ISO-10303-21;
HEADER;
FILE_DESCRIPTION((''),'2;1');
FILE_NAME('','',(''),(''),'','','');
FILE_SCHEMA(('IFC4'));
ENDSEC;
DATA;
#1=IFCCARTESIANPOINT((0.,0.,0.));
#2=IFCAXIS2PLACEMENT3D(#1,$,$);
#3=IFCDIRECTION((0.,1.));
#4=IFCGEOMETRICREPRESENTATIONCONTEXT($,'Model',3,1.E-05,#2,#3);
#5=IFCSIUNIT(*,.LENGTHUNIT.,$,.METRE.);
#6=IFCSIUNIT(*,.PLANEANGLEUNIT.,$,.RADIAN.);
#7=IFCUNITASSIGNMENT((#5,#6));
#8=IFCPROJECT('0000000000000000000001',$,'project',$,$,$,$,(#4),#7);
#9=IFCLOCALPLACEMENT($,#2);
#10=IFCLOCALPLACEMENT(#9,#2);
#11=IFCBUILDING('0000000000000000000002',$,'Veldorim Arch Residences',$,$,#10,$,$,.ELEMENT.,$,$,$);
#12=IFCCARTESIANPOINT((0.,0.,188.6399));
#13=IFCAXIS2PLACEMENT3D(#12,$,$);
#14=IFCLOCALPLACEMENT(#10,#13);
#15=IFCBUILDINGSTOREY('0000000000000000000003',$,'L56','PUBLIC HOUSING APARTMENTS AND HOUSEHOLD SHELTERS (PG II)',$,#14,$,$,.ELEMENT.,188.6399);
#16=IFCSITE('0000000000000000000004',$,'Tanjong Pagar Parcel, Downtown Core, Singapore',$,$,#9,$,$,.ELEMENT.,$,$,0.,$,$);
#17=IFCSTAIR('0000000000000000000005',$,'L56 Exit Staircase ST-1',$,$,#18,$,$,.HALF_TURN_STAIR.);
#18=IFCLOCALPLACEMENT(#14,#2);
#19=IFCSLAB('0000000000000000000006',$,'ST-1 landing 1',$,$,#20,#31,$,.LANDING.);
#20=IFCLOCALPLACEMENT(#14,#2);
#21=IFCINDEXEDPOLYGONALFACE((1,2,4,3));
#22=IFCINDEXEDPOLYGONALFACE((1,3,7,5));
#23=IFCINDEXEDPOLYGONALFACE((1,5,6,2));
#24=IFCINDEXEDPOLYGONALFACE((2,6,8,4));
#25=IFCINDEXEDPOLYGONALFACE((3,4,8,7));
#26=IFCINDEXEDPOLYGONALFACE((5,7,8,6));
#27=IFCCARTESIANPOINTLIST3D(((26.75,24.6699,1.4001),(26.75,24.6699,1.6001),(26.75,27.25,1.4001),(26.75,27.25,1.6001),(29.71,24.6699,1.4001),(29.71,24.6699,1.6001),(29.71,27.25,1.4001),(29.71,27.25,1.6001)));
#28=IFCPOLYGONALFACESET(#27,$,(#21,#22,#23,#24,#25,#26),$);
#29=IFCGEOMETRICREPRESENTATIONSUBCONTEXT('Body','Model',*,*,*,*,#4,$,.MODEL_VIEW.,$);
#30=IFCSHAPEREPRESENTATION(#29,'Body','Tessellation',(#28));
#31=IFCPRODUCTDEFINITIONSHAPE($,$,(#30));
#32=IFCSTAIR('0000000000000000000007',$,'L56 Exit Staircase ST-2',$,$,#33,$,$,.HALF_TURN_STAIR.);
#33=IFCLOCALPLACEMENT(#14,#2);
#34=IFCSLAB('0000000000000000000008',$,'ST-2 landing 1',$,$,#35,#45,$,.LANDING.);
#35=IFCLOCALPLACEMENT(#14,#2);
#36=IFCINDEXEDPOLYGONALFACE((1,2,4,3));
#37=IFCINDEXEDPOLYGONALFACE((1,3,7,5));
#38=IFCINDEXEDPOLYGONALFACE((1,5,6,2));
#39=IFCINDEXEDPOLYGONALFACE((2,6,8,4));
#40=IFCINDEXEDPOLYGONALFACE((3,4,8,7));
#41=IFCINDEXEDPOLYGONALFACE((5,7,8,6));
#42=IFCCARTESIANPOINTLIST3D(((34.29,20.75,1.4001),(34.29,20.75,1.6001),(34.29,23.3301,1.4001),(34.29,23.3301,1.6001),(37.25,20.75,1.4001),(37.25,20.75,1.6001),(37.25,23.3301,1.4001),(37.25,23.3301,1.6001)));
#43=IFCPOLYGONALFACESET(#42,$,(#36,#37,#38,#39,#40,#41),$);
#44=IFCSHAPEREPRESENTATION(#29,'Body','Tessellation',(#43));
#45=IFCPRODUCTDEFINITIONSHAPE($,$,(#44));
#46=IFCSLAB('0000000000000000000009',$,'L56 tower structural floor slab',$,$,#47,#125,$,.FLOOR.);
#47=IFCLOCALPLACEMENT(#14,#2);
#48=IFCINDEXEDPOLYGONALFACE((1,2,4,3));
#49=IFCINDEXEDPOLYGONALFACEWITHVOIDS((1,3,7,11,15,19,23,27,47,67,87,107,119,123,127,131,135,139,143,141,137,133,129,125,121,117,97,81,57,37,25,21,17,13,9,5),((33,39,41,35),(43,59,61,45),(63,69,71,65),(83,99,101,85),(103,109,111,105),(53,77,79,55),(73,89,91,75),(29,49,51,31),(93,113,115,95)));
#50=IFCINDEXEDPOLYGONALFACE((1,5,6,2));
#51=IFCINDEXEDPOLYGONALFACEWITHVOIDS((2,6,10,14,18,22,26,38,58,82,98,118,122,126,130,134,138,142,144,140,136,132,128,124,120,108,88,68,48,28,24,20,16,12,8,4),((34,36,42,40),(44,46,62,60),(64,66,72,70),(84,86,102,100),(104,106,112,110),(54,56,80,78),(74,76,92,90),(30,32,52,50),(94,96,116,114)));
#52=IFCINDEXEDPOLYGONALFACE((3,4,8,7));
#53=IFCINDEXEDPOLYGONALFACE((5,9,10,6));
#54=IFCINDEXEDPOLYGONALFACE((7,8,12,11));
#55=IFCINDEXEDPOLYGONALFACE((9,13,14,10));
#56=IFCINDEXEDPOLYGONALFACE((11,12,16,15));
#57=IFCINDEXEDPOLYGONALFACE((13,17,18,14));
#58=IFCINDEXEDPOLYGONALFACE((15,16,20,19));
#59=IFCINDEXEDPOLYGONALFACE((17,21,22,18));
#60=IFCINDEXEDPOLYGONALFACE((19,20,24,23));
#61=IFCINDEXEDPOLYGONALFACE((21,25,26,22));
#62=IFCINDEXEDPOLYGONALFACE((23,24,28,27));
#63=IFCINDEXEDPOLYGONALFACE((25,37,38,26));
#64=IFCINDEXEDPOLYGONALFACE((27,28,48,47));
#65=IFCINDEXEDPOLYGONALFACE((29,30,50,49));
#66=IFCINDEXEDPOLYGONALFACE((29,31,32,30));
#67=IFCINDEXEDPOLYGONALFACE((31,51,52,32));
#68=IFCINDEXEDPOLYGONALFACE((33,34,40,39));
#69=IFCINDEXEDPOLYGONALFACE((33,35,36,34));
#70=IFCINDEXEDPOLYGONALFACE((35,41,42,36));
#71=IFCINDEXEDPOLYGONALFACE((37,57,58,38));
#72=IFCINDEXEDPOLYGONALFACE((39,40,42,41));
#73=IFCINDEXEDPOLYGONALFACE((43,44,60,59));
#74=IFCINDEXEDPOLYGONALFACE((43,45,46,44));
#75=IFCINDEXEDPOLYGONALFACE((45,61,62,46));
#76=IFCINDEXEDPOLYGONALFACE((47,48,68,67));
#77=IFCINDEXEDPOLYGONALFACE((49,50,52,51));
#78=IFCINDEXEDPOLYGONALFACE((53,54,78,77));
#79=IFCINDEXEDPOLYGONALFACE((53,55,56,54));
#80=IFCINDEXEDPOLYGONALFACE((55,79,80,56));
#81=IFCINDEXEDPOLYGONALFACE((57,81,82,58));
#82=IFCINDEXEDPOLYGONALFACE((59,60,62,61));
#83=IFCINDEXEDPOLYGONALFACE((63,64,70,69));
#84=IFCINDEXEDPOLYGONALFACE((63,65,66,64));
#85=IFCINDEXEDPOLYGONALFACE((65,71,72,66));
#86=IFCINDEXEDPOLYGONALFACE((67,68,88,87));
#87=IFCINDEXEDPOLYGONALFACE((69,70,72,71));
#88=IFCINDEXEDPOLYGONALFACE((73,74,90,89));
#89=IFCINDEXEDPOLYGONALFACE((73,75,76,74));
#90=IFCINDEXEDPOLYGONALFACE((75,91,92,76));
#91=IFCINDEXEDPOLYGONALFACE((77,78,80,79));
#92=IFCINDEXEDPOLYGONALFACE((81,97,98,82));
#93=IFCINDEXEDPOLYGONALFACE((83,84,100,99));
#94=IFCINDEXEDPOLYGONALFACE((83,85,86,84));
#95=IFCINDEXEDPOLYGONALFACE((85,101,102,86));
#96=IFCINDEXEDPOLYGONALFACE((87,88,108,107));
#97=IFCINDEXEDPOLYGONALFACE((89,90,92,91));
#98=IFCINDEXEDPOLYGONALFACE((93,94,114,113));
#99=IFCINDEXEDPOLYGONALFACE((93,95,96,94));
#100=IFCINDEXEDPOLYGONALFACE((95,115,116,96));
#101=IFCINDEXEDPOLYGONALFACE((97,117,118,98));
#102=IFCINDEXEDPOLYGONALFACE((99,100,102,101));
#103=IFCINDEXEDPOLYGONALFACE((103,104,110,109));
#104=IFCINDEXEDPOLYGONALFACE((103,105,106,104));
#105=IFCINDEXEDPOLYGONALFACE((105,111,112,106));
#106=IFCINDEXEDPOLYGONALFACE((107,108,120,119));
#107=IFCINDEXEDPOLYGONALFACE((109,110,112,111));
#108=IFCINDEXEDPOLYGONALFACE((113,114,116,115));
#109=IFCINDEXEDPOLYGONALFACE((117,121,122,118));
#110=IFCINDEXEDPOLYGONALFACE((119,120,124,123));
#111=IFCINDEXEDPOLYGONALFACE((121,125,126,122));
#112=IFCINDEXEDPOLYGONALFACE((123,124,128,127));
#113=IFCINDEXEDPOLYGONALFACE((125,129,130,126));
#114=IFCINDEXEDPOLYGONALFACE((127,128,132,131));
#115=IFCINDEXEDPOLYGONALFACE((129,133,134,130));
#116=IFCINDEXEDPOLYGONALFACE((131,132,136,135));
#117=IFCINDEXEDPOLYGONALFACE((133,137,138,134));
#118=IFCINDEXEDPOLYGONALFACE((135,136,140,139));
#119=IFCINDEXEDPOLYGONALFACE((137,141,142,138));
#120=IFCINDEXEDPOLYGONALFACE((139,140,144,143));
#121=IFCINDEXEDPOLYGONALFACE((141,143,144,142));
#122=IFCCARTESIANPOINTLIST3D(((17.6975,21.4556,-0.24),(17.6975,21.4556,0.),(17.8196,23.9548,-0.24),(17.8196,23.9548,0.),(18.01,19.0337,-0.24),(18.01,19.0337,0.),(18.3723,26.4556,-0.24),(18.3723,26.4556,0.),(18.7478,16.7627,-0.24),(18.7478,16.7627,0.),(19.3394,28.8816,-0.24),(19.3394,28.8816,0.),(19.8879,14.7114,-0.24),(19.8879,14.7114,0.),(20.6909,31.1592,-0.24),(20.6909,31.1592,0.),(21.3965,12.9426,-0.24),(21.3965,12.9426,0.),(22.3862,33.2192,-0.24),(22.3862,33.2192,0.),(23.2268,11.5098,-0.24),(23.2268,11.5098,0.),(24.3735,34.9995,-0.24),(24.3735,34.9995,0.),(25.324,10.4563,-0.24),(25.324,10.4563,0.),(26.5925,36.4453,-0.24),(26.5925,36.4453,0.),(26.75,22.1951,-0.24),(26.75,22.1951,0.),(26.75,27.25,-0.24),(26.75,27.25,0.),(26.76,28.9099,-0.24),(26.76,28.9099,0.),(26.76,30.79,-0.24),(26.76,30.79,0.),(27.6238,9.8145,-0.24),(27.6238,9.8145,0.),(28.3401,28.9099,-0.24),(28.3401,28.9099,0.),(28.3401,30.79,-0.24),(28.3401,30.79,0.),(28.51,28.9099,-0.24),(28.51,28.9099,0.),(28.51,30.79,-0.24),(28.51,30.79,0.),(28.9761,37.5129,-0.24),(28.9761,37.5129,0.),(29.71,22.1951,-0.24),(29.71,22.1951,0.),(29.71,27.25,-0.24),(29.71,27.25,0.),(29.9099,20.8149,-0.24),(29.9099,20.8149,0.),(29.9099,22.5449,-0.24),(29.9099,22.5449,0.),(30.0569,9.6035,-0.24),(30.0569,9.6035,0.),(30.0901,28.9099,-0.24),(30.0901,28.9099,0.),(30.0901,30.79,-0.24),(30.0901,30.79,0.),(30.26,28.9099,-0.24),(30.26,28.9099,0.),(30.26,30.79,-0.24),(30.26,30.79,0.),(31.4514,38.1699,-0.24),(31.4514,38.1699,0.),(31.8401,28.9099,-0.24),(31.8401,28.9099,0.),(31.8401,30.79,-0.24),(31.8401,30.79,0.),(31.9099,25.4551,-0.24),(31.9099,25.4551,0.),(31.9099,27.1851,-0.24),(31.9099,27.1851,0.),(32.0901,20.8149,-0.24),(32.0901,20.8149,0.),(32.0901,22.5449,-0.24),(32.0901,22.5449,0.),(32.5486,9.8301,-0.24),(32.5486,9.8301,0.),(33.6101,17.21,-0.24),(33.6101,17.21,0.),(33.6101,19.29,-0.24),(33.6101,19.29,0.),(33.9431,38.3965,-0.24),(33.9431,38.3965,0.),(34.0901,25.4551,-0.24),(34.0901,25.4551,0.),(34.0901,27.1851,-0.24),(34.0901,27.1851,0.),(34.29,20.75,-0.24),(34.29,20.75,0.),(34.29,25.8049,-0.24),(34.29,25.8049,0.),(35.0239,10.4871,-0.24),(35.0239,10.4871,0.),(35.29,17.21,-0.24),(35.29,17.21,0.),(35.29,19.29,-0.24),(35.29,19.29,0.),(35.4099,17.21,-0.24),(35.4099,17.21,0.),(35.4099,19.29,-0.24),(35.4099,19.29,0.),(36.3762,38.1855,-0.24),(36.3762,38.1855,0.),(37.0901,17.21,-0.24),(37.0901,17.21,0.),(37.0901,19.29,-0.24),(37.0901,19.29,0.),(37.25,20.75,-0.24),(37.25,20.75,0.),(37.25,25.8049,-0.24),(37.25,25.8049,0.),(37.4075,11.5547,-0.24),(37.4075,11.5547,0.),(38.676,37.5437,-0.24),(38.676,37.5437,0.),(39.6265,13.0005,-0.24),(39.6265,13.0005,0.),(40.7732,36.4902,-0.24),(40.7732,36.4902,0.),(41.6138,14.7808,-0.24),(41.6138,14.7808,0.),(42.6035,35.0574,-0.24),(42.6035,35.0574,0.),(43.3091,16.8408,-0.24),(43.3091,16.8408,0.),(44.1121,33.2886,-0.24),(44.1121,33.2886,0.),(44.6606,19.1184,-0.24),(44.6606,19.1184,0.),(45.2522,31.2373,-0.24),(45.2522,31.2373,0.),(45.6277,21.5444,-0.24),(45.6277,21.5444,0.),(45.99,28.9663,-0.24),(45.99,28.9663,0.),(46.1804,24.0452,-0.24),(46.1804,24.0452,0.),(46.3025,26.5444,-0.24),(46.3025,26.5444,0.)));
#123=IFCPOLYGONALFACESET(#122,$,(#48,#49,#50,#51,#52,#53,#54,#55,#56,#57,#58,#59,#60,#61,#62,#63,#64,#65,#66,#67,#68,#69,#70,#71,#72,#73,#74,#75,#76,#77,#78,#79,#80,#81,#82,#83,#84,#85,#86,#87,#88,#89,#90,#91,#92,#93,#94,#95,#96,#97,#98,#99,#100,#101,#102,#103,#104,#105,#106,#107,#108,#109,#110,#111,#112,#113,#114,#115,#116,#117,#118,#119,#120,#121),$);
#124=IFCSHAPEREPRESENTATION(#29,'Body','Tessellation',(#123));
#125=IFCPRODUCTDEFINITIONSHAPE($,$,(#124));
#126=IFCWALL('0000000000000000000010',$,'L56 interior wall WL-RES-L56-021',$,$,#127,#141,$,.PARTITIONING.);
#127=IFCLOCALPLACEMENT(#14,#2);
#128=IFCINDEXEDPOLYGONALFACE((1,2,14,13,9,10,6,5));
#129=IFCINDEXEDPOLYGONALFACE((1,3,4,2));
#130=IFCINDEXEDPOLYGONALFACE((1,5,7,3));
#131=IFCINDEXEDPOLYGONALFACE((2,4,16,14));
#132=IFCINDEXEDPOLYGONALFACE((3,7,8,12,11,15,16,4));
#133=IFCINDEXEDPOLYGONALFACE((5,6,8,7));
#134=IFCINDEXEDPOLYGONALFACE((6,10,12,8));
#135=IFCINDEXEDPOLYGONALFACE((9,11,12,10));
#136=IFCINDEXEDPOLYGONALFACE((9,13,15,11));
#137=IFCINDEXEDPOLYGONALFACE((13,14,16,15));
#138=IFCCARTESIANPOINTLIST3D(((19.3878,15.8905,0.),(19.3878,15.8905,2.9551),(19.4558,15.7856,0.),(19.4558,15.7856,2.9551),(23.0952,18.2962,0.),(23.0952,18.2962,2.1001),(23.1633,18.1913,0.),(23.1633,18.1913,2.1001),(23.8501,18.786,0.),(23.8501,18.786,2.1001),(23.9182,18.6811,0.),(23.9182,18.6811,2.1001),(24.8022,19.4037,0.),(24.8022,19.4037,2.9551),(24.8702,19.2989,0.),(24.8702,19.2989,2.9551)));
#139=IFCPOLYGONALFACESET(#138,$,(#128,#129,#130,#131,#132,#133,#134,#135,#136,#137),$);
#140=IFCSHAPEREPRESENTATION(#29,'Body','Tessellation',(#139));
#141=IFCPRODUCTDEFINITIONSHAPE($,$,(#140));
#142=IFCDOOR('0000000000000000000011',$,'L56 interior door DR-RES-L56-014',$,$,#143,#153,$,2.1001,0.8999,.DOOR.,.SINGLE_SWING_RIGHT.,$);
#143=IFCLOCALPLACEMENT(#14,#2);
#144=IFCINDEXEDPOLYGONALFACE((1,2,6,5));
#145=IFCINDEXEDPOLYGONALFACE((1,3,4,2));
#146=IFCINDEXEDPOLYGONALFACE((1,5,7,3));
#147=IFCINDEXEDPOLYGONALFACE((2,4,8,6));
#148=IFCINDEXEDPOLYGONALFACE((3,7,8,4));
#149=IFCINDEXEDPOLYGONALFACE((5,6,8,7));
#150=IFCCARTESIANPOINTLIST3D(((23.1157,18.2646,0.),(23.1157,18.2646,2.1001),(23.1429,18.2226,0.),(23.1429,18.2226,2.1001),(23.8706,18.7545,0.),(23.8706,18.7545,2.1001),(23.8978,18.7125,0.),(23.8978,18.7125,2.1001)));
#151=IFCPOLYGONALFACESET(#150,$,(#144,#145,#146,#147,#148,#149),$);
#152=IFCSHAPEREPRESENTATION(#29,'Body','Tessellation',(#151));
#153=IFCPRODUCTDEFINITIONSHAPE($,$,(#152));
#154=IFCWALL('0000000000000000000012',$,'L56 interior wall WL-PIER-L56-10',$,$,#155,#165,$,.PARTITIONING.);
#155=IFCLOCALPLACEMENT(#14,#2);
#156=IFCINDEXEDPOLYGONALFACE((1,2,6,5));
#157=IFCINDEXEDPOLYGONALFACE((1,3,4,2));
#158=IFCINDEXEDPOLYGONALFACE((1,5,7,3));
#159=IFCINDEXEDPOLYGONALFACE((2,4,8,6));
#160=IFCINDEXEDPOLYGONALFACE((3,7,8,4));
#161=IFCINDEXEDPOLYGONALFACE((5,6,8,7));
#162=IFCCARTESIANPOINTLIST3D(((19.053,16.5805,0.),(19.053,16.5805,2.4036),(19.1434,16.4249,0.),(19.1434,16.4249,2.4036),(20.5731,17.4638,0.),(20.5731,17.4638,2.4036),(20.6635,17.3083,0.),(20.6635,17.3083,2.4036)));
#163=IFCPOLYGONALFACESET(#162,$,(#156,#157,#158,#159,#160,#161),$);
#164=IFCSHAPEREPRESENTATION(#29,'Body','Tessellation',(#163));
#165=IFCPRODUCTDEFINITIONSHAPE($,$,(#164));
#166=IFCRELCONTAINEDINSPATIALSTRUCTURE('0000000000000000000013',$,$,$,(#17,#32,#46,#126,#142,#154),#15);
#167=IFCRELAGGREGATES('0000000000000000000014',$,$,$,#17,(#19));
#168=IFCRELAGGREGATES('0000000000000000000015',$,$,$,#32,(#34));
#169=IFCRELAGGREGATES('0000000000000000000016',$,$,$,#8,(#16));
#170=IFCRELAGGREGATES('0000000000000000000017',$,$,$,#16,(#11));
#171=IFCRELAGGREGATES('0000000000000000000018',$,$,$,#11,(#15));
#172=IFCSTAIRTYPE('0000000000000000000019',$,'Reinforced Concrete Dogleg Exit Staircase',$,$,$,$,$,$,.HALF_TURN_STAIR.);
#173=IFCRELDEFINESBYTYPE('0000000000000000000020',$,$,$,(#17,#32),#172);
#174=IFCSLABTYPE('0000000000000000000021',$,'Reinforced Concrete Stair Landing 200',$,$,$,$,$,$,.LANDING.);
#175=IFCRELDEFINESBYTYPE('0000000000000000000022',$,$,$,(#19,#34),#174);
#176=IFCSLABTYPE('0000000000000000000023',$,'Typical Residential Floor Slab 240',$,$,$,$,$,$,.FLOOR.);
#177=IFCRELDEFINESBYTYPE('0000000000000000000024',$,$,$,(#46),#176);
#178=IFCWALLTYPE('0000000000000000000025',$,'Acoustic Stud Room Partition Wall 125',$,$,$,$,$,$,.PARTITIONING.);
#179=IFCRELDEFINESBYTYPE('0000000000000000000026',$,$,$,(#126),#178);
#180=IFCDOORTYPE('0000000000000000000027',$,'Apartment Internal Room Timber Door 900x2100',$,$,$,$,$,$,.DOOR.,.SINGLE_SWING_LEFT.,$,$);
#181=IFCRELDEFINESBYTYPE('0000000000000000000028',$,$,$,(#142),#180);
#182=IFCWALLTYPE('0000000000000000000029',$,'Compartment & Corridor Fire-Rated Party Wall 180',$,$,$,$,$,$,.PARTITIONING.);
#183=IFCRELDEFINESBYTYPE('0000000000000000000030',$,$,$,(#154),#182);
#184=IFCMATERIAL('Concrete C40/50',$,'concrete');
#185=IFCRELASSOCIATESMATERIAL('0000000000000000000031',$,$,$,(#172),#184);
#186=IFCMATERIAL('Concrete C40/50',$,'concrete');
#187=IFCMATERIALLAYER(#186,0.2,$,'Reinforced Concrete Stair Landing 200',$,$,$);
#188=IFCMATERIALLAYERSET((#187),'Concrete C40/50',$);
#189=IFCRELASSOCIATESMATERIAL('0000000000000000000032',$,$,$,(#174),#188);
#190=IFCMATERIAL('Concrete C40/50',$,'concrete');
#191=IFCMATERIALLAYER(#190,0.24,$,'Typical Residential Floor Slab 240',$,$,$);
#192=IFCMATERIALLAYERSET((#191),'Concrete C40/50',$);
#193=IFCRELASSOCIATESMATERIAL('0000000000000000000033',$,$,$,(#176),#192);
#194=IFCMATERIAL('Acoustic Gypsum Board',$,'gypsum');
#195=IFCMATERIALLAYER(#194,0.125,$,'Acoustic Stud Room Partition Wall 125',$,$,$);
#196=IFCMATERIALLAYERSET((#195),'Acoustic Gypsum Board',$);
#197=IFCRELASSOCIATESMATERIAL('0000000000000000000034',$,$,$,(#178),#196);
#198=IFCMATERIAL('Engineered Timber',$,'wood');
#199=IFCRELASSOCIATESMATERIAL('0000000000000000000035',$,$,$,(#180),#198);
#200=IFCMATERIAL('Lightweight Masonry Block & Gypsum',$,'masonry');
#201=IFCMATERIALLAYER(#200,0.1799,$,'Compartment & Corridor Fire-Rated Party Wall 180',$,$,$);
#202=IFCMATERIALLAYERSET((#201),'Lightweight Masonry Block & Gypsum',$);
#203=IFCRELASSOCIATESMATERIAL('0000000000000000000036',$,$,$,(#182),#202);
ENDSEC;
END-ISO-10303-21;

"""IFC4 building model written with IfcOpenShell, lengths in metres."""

from ifc_helpers import new_model, si_unit, direction, frame, frame_2d, origin, place, context, subcontext, project, spatial, polyline, rectangle, outline, extrude, material, layer, layer_set, type_object, element, fill, aggregate, save


model = new_model("IFC4")

# Units and contexts
model_context = context("Model", 3, precision=1e-05, world=origin(), true_north=direction((0.0, 1.0)))
body_context = subcontext(model_context, "Body", "Model", "MODEL_VIEW")
ifc_project = project(units=[si_unit("LENGTHUNIT", "METRE"), si_unit("PLANEANGLEUNIT", "RADIAN")], contexts=[model_context])

# Site, building, storey
site_placement = place(None, origin())
site = spatial("IfcSite", under=ifc_project, at=site_placement, Name="Tanjong Pagar Parcel, Downtown Core, Singapore", CompositionType="ELEMENT", RefElevation=0.0)
building_placement = place(site_placement, origin())
building = spatial("IfcBuilding", under=site, at=building_placement, Name="Veldorim Arch Residences", CompositionType="ELEMENT")
storey_placement = place(building_placement, frame((0.0, 0.0, 188.6399)))
storey = spatial("IfcBuildingStorey", under=building, at=storey_placement, Name="L56", Description="PUBLIC HOUSING APARTMENTS AND HOUSEHOLD SHELTERS (PG II)", CompositionType="ELEMENT", Elevation=188.6399)

# Stairs, slabs
ifc_material_1 = material(Name="Concrete C40/50", Category="concrete")
stair_type = type_object("IfcStairType", Name="Reinforced Concrete Dogleg Exit Staircase", PredefinedType="HALF_TURN_STAIR", material=ifc_material_1)
stair_1_placement = place(storey_placement, origin())
stair_1 = element("IfcStair", 1, at=stair_1_placement, inside=storey, type_object=stair_type, Name="L56 Exit Staircase ST-1", PredefinedType="HALF_TURN_STAIR")
ifc_material_2 = material(Name="Concrete C40/50", Category="concrete")
ifc_layer_1 = layer(ifc_material_2, 0.2, Name="Reinforced Concrete Stair Landing 200")
ifc_layer_set_1 = layer_set([ifc_layer_1], Name="Concrete C40/50")
slab_type_1 = type_object("IfcSlabType", Name="Reinforced Concrete Stair Landing 200", PredefinedType="LANDING", material=ifc_layer_set_1)
slab_1_placement = place(storey_placement, frame((0.0, 0.0, 1.4001)))
slab_1 = element("IfcSlab", 2, at=slab_1_placement, type_object=slab_type_1, Name="ST-1 landing 1", PredefinedType="LANDING", context=body_context, shape_type="SweptSolid", body=[
    extrude(outline(polyline([(29.71, 24.6699), (29.71, 27.25), (26.75, 27.25), (26.75, 24.6699), (29.71, 24.6699)])), origin(), (0.0, 0.0, 1.0), 0.2),
])
aggregate(stair_1, [slab_1])
stair_2_placement = place(storey_placement, origin())
stair_2 = element("IfcStair", 3, at=stair_2_placement, inside=storey, type_object=stair_type, Name="L56 Exit Staircase ST-2", PredefinedType="HALF_TURN_STAIR")
slab_2_placement = place(storey_placement, frame((0.0, 0.0, 1.4001)))
slab_2 = element("IfcSlab", 4, at=slab_2_placement, type_object=slab_type_1, Name="ST-2 landing 1", PredefinedType="LANDING", context=body_context, shape_type="SweptSolid", body=[
    extrude(outline(polyline([(34.29, 23.3301), (34.29, 20.75), (37.25, 20.75), (37.25, 23.3301), (34.29, 23.3301)])), origin(), (0.0, 0.0, 1.0), 0.2),
])
aggregate(stair_2, [slab_2])

# Slab
ifc_material_3 = material(Name="Concrete C40/50", Category="concrete")
ifc_layer_2 = layer(ifc_material_3, 0.24, Name="Typical Residential Floor Slab 240")
ifc_layer_set_2 = layer_set([ifc_layer_2], Name="Concrete C40/50")
slab_type_2 = type_object("IfcSlabType", Name="Typical Residential Floor Slab 240", PredefinedType="FLOOR", material=ifc_layer_set_2)
slab_3_placement = place(storey_placement, frame((0.0, 0.0, -0.24)))
element("IfcSlab", 5, at=slab_3_placement, inside=storey, type_object=slab_type_2, Name="L56 tower structural floor slab", PredefinedType="FLOOR", context=body_context, shape_type="SweptSolid", body=[
    extrude(outline(polyline([(42.6035, 35.0574), (40.7732, 36.4902), (38.676, 37.5437), (36.3762, 38.1855), (33.9431, 38.3965), (31.4514, 38.1699), (28.9761, 37.5129), (26.5925, 36.4453), (24.3735, 34.9995), (22.3862, 33.2192), (20.6909, 31.1592), (19.3394, 28.8816), (18.3723, 26.4556), (17.8196, 23.9548), (17.6975, 21.4556), (18.01, 19.0337), (18.7478, 16.7627), (19.8879, 14.7114), (21.3965, 12.9426), (23.2268, 11.5098), (25.324, 10.4563), (27.6238, 9.8145), (30.0569, 9.6035), (32.5486, 9.8301), (35.0239, 10.4871), (37.4075, 11.5547), (39.6265, 13.0005), (41.6138, 14.7808), (43.3091, 16.8408), (44.6606, 19.1184), (45.6277, 21.5444), (46.1804, 24.0452), (46.3025, 26.5444), (45.99, 28.9663), (45.2522, 31.2373), (44.1121, 33.2886), (42.6035, 35.0574)]), holes=[polyline([(33.6101, 17.21), (33.6101, 19.29), (35.29, 19.29), (35.29, 17.21), (33.6101, 17.21)]), polyline([(35.4099, 17.21), (35.4099, 19.29), (37.0901, 19.29), (37.0901, 17.21), (35.4099, 17.21)]), polyline([(29.9099, 20.8149), (29.9099, 22.5449), (32.0901, 22.5449), (32.0901, 20.8149), (29.9099, 20.8149)]), polyline([(34.29, 20.75), (34.29, 25.8049), (37.25, 25.8049), (37.25, 20.75), (34.29, 20.75)]), polyline([(26.75, 22.1951), (26.75, 27.25), (29.71, 27.25), (29.71, 22.1951), (26.75, 22.1951)]), polyline([(31.9099, 25.4551), (31.9099, 27.1851), (34.0901, 27.1851), (34.0901, 25.4551), (31.9099, 25.4551)]), polyline([(26.76, 28.9099), (26.76, 30.79), (28.3401, 30.79), (28.3401, 28.9099), (26.76, 28.9099)]), polyline([(28.51, 30.79), (30.0901, 30.79), (30.0901, 28.9099), (28.51, 28.9099), (28.51, 30.79)]), polyline([(30.26, 30.79), (31.8401, 30.79), (31.8401, 28.9099), (30.26, 28.9099), (30.26, 30.79)])]), origin(), (0.0, 0.0, 1.0), 0.24),
])

# Wall, opening, door
ifc_material_4 = material(Name="Acoustic Gypsum Board", Category="gypsum")
ifc_layer_3 = layer(ifc_material_4, 0.125, Name="Acoustic Stud Room Partition Wall 125")
ifc_layer_set_3 = layer_set([ifc_layer_3], Name="Acoustic Gypsum Board")
wall_type_1 = type_object("IfcWallType", Name="Acoustic Stud Room Partition Wall 125", PredefinedType="PARTITIONING", material=ifc_layer_set_3)
wall_1_placement = place(storey_placement, frame((19.4219, 15.8381, 0.0), z_axis=(0.0, 0.0, 1.0), x_axis=(0.838876, 0.544322, 0.0)))
wall_1 = element("IfcWall", 6, at=wall_1_placement, inside=storey, type_object=wall_type_1, Name="L56 interior wall WL-RES-L56-021", PredefinedType="PARTITIONING", context=body_context, shape_type="SweptSolid", body=[
    extrude(rectangle(XDim=6.4543, YDim=0.125, at=frame_2d((3.2271, 0.0))), origin(), (0.0, 0.0, 1.0), 2.9551),
])
opening_1_placement = place(wall_1_placement, frame((4.4194, 0.0, 0.0)))
opening_1 = element("IfcOpeningElement", 7, at=opening_1_placement, cuts=wall_1, PredefinedType="OPENING", context=body_context, shape_type="SweptSolid", body=[
    extrude(rectangle(XDim=0.8999, YDim=2.1001, at=frame_2d((0.45, 1.05))), frame((0.0, 0.0725, 0.0), z_axis=(0.0, -1.0, 0.0), x_axis=(1.0, 0.0, 0.0)), (0.0, 0.0, 1.0), 0.145),
])
ifc_material_5 = material(Name="Engineered Timber", Category="wood")
door_type = type_object("IfcDoorType", Name="Apartment Internal Room Timber Door 900x2100", OperationType="SINGLE_SWING_LEFT", PredefinedType="DOOR", material=ifc_material_5)
door_placement = place(opening_1_placement, origin())
door = element("IfcDoor", 8, at=door_placement, inside=storey, type_object=door_type, Name="L56 interior door DR-RES-L56-014", OperationType="SINGLE_SWING_RIGHT", OverallHeight=2.1001, OverallWidth=0.8999, PredefinedType="DOOR", context=body_context, shape_type="SweptSolid", body=[
    extrude(rectangle(XDim=0.8999, YDim=2.1001, at=frame_2d((0.45, 1.05))), frame((0.0, 0.0249, 0.0), z_axis=(0.0, -1.0, 0.0), x_axis=(1.0, 0.0, 0.0)), (0.0, 0.0, 1.0), 0.05),
])
fill(opening_1, door)

# Wall
ifc_material_6 = material(Name="Lightweight Masonry Block & Gypsum", Category="masonry")
ifc_layer_4 = layer(ifc_material_6, 0.1799, Name="Compartment & Corridor Fire-Rated Party Wall 180")
ifc_layer_set_4 = layer_set([ifc_layer_4], Name="Lightweight Masonry Block & Gypsum")
wall_type_2 = type_object("IfcWallType", Name="Compartment & Corridor Fire-Rated Party Wall 180", PredefinedType="PARTITIONING", material=ifc_layer_set_4)
wall_2_placement = place(storey_placement, frame((20.6182, 17.386, 0.0), z_axis=(0.0, 0.0, 1.0), x_axis=(-0.864614, -0.502437, 0.0)))
element("IfcWall", 9, at=wall_2_placement, inside=storey, type_object=wall_type_2, Name="L56 interior wall WL-PIER-L56-10", PredefinedType="PARTITIONING", context=body_context, shape_type="SweptSolid", body=[
    extrude(rectangle(XDim=1.7581, YDim=0.1799, at=frame_2d((0.8789, 0.0))), origin(), (0.0, 0.0, 1.0), 2.4036),
])

save(model, "model.ifc")
